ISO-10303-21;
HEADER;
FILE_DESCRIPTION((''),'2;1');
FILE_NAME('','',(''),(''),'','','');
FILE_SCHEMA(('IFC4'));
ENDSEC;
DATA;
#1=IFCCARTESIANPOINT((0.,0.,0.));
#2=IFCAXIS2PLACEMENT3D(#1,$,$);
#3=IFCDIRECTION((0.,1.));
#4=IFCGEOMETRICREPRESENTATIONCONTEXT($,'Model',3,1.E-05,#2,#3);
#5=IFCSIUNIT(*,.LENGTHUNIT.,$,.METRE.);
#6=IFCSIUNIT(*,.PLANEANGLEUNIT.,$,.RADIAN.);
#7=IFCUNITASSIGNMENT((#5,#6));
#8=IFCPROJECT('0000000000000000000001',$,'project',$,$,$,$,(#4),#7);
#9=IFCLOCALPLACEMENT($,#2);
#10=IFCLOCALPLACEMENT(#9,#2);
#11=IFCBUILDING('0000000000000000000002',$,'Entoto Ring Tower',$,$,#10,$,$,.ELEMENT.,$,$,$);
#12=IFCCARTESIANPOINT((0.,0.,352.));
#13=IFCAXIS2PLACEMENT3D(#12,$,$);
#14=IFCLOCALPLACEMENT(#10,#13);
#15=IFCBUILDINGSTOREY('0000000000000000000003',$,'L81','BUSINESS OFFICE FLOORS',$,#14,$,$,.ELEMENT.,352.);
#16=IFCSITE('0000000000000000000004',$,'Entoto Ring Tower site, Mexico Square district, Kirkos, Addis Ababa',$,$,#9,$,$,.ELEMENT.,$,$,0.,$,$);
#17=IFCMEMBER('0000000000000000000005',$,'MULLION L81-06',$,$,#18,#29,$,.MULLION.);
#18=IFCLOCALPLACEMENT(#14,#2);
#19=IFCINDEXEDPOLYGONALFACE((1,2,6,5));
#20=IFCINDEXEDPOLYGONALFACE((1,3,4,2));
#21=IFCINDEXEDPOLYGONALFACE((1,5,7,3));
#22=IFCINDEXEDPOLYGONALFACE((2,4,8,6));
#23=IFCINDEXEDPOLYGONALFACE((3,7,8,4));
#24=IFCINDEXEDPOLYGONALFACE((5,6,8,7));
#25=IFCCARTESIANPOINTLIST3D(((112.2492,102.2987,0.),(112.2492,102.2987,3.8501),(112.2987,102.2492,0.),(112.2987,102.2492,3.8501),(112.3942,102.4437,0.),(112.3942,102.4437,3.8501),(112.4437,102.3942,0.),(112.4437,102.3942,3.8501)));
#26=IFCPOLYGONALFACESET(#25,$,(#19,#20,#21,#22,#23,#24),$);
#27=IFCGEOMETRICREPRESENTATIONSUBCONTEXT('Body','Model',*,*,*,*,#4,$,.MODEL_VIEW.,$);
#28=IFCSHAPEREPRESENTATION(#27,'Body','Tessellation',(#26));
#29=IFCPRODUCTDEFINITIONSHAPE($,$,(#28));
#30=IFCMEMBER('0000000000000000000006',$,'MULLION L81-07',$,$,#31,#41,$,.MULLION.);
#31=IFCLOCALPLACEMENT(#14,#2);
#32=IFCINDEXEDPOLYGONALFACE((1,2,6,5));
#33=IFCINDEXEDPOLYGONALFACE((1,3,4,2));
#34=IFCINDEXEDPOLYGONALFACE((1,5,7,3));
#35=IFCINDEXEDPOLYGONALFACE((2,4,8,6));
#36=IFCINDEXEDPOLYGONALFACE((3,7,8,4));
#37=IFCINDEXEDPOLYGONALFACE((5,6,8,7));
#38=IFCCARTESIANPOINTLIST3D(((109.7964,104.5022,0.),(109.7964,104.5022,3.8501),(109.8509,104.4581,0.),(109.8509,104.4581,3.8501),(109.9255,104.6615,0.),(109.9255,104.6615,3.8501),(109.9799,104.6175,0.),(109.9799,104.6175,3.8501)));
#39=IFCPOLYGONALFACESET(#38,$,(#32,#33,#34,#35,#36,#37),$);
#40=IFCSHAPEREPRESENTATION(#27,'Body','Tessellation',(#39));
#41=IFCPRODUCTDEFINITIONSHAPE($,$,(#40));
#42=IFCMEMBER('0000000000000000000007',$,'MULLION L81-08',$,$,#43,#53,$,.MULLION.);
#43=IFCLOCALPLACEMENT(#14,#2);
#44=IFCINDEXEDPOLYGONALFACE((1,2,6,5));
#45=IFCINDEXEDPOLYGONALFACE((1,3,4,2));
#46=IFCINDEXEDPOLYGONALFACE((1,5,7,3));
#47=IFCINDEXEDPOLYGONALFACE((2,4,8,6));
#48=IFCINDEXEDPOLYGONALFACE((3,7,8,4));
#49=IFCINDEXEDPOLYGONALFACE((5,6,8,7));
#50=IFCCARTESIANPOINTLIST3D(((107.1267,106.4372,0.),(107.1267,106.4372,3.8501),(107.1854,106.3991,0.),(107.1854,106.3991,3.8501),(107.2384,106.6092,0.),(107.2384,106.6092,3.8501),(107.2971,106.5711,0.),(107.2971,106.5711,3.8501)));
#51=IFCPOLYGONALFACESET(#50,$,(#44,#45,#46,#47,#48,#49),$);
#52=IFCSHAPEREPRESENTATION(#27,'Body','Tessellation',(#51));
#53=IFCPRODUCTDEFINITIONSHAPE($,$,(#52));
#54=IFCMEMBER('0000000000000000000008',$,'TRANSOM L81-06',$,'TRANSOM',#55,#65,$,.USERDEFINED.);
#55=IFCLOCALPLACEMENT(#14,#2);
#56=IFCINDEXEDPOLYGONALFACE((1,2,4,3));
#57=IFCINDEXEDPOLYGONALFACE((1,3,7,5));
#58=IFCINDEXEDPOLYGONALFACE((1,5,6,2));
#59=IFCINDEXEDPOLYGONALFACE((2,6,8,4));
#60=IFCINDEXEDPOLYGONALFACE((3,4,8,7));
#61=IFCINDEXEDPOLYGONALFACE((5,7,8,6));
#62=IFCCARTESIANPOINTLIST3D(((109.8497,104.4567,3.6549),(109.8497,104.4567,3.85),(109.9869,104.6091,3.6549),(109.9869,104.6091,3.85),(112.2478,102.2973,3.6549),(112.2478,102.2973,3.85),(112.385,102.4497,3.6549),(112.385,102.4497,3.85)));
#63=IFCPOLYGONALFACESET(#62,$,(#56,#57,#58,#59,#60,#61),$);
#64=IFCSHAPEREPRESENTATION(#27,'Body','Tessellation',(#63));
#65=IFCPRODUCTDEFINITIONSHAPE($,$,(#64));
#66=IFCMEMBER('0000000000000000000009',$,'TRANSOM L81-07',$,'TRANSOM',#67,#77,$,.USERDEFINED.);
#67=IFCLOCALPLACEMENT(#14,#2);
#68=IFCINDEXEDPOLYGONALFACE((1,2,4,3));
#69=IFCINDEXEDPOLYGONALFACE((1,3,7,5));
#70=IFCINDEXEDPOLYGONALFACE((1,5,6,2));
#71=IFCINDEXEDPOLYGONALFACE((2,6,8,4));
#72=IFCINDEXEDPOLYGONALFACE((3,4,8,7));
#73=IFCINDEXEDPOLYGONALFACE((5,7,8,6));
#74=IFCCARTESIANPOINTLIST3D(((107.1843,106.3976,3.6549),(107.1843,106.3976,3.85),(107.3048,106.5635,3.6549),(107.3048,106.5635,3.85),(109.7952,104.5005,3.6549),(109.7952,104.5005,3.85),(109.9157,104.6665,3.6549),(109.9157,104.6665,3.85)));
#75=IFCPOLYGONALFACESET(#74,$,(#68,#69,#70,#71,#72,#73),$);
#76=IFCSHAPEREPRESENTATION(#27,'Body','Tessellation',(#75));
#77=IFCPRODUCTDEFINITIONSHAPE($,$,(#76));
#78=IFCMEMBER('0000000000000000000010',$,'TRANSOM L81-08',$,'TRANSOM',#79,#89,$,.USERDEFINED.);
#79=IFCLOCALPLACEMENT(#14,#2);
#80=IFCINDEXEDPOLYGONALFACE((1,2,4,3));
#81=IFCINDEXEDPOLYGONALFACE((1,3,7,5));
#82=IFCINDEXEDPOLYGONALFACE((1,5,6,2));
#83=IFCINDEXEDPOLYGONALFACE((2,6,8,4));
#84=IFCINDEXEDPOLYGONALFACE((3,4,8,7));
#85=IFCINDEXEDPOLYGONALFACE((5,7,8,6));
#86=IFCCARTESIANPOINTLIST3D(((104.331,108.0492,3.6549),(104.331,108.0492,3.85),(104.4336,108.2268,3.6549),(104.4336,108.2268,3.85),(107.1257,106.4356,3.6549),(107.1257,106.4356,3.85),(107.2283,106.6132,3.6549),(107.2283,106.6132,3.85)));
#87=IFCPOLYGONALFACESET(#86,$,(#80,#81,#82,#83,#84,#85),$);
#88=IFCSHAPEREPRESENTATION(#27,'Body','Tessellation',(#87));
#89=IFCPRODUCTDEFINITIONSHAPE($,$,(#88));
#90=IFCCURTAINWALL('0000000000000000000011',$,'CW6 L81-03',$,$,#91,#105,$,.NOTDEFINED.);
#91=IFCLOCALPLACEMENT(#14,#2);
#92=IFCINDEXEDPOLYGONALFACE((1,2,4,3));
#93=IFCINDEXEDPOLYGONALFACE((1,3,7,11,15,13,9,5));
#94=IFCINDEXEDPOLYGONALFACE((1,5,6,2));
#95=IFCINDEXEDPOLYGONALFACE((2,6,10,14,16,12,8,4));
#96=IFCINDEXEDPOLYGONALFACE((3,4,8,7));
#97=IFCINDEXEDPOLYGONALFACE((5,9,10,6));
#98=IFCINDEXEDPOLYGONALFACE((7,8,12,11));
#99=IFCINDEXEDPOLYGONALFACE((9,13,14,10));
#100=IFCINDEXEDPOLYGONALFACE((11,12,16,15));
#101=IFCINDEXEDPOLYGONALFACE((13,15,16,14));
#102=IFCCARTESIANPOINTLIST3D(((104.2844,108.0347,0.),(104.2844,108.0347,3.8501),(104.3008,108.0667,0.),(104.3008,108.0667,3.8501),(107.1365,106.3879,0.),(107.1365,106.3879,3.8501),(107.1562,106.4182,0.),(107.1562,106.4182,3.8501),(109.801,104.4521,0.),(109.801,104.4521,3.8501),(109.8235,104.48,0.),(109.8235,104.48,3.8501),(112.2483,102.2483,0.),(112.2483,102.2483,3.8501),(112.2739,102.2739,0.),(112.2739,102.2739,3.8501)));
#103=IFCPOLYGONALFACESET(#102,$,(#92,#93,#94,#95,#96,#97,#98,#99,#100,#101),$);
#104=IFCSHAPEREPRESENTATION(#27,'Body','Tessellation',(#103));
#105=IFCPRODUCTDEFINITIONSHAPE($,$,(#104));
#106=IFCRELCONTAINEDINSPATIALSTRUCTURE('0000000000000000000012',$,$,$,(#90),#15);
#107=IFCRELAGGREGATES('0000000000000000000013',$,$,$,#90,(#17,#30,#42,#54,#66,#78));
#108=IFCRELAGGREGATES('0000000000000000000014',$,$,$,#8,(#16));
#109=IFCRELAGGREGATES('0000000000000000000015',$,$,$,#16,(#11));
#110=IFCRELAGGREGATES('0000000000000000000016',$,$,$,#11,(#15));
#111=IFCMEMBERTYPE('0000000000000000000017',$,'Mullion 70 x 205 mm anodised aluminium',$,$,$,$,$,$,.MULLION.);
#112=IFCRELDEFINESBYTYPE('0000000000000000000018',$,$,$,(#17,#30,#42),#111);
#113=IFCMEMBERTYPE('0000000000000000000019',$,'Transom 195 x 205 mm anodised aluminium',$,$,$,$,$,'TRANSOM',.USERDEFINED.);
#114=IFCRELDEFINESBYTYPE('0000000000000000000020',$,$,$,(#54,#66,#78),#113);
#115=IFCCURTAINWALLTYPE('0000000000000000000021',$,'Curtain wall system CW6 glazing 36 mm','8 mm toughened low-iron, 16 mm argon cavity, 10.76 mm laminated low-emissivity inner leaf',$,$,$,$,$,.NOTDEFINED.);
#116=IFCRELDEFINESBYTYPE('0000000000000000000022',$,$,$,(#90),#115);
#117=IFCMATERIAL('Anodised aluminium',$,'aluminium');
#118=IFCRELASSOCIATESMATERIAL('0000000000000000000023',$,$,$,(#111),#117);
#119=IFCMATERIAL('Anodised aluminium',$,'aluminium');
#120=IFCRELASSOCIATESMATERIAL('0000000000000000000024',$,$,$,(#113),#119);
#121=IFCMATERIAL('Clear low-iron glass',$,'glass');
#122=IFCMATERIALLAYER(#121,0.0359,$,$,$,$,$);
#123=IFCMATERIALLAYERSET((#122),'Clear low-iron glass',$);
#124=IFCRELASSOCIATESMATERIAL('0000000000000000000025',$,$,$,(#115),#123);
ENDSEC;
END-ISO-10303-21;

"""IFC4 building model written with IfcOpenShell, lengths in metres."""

from ifc_helpers import new_model, si_unit, direction, frame, origin, origin_2d, place, context, subcontext, project, spatial, polyline, rectangle, outline, extrude, material, layer, layer_set, material_profile, profile_set, type_object, element, aggregate, save


model = new_model("IFC4")

# Units and contexts
model_context = context("Model", 3, precision=1e-05, world=origin(), true_north=direction((0.0, 1.0)))
body_context = subcontext(model_context, "Body", "Model", "MODEL_VIEW")
ifc_project = project(units=[si_unit("LENGTHUNIT", "METRE"), si_unit("PLANEANGLEUNIT", "RADIAN")], contexts=[model_context])

# Members
ifc_material_1 = material(Name="Anodised aluminium", Category="aluminium")
ifc_material_profile_1 = material_profile(ifc_material_1, rectangle(XDim=0.0701, YDim=0.2051, at=origin_2d()), Name="Mullion 70 x 205 mm anodised aluminium")
ifc_profile_set_1 = profile_set([ifc_material_profile_1], Name="Anodised aluminium")
member_type_1 = type_object("IfcMemberType", Name="Mullion 70 x 205 mm anodised aluminium", PredefinedType="MULLION", material=ifc_profile_set_1)
site_placement = place(None, origin())
building_placement = place(site_placement, origin())
storey_placement = place(building_placement, frame((0.0, 0.0, 352.0)))
member_1_placement = place(storey_placement, frame((112.3464, 102.3464, 0.0), z_axis=(0.0, 0.0, 1.0), x_axis=(-0.707107, 0.707107, 0.0)))
member_1 = element("IfcMember", 1, at=member_1_placement, type_object=member_type_1, Name="MULLION L81-06", PredefinedType="MULLION", context=body_context, shape_type="SweptSolid", body=[
    extrude(rectangle(XDim=0.0701, YDim=0.2051, at=origin_2d()), origin(), (0.0, 0.0, 1.0), 3.8501),
])
member_2_placement = place(storey_placement, frame((109.8882, 104.5598, 0.0), z_axis=(0.0, 0.0, 1.0), x_axis=(-0.777146, 0.62932, 0.0)))
member_2 = element("IfcMember", 2, at=member_2_placement, type_object=member_type_1, Name="MULLION L81-07", PredefinedType="MULLION", context=body_context, shape_type="SweptSolid", body=[
    extrude(rectangle(XDim=0.0701, YDim=0.2051, at=origin_2d()), origin(), (0.0, 0.0, 1.0), 3.8501),
])
member_3_placement = place(storey_placement, frame((107.2119, 106.5042, 0.0), z_axis=(0.0, 0.0, 1.0), x_axis=(-0.838671, 0.544639, 0.0)))
member_3 = element("IfcMember", 3, at=member_3_placement, type_object=member_type_1, Name="MULLION L81-08", PredefinedType="MULLION", context=body_context, shape_type="SweptSolid", body=[
    extrude(rectangle(XDim=0.0701, YDim=0.2051, at=origin_2d()), origin(), (0.0, 0.0, 1.0), 3.8501),
])
ifc_material_2 = material(Name="Anodised aluminium", Category="aluminium")
ifc_material_profile_2 = material_profile(ifc_material_2, rectangle(XDim=0.2051, YDim=0.1951, at=origin_2d()), Name="Transom 195 x 205 mm anodised aluminium")
ifc_profile_set_2 = profile_set([ifc_material_profile_2], Name="Anodised aluminium")
member_type_2 = type_object("IfcMemberType", Name="Transom 195 x 205 mm anodised aluminium", ElementType="TRANSOM", PredefinedType="USERDEFINED", material=ifc_profile_set_2)
member_4_placement = place(storey_placement, frame((112.3164, 102.3735, 3.7524), z_axis=(-0.743132, 0.669144, 0.0), x_axis=(-0.669144, -0.743132, 0.0)))
member_4 = element("IfcMember", 4, at=member_4_placement, type_object=member_type_2, Name="TRANSOM L81-06", ObjectType="TRANSOM", PredefinedType="USERDEFINED", context=body_context, shape_type="SweptSolid", body=[
    extrude(rectangle(XDim=0.2051, YDim=0.1951, at=origin_2d()), origin(), (0.0, 0.0, 1.0), 3.2271),
])
member_5_placement = place(storey_placement, frame((109.8555, 104.5835, 3.7524), z_axis=(-0.809004, 0.587803, 0.0), x_axis=(-0.587803, -0.809004, 0.0)))
member_5 = element("IfcMember", 5, at=member_5_placement, type_object=member_type_2, Name="TRANSOM L81-07", ObjectType="TRANSOM", PredefinedType="USERDEFINED", context=body_context, shape_type="SweptSolid", body=[
    extrude(rectangle(XDim=0.2051, YDim=0.1951, at=origin_2d()), origin(), (0.0, 0.0, 1.0), 3.2273),
])
member_6_placement = place(storey_placement, frame((107.177, 106.5244, 3.7524), z_axis=(-0.866023, 0.500004, 0.0), x_axis=(-0.500004, -0.866023, 0.0)))
member_6 = element("IfcMember", 6, at=member_6_placement, type_object=member_type_2, Name="TRANSOM L81-08", ObjectType="TRANSOM", PredefinedType="USERDEFINED", context=body_context, shape_type="SweptSolid", body=[
    extrude(rectangle(XDim=0.2051, YDim=0.1951, at=origin_2d()), origin(), (0.0, 0.0, 1.0), 3.2271),
])

# Site, building, storey
site = spatial("IfcSite", under=ifc_project, at=site_placement, Name="Entoto Ring Tower site, Mexico Square district, Kirkos, Addis Ababa", CompositionType="ELEMENT", RefElevation=0.0)
building = spatial("IfcBuilding", under=site, at=building_placement, Name="Entoto Ring Tower", CompositionType="ELEMENT")
storey = spatial("IfcBuildingStorey", under=building, at=storey_placement, Name="L81", Description="BUSINESS OFFICE FLOORS", CompositionType="ELEMENT", Elevation=352.0)

# Curtain wall
ifc_material_3 = material(Name="Clear low-iron glass", Category="glass")
ifc_layer = layer(ifc_material_3, 0.0359)
ifc_layer_set = layer_set([ifc_layer], Name="Clear low-iron glass")
curtain_wall_type = type_object("IfcCurtainWallType", Name="Curtain wall system CW6 glazing 36 mm", Description="8 mm toughened low-iron, 16 mm argon cavity, 10.76 mm laminated low-emissivity inner leaf", PredefinedType="NOTDEFINED", material=ifc_layer_set)
curtain_wall_1_placement = place(storey_placement, origin())
curtain_wall_1 = element("IfcCurtainWall", 7, at=curtain_wall_1_placement, inside=storey, type_object=curtain_wall_type, Name="CW6 L81-03", PredefinedType="NOTDEFINED", context=body_context, shape_type="SweptSolid", body=[
    extrude(outline(polyline([(112.2739, 102.2739), (109.8235, 104.48), (107.1562, 106.4182), (104.3008, 108.0667), (104.2844, 108.0347), (107.1365, 106.3879), (109.801, 104.4521), (112.2483, 102.2483), (112.2739, 102.2739)])), origin(), (0.0, 0.0, 1.0), 3.8501),
])
aggregate(curtain_wall_1, [member_1, member_2, member_3, member_4, member_5, member_6])

save(model, "model.ifc")
